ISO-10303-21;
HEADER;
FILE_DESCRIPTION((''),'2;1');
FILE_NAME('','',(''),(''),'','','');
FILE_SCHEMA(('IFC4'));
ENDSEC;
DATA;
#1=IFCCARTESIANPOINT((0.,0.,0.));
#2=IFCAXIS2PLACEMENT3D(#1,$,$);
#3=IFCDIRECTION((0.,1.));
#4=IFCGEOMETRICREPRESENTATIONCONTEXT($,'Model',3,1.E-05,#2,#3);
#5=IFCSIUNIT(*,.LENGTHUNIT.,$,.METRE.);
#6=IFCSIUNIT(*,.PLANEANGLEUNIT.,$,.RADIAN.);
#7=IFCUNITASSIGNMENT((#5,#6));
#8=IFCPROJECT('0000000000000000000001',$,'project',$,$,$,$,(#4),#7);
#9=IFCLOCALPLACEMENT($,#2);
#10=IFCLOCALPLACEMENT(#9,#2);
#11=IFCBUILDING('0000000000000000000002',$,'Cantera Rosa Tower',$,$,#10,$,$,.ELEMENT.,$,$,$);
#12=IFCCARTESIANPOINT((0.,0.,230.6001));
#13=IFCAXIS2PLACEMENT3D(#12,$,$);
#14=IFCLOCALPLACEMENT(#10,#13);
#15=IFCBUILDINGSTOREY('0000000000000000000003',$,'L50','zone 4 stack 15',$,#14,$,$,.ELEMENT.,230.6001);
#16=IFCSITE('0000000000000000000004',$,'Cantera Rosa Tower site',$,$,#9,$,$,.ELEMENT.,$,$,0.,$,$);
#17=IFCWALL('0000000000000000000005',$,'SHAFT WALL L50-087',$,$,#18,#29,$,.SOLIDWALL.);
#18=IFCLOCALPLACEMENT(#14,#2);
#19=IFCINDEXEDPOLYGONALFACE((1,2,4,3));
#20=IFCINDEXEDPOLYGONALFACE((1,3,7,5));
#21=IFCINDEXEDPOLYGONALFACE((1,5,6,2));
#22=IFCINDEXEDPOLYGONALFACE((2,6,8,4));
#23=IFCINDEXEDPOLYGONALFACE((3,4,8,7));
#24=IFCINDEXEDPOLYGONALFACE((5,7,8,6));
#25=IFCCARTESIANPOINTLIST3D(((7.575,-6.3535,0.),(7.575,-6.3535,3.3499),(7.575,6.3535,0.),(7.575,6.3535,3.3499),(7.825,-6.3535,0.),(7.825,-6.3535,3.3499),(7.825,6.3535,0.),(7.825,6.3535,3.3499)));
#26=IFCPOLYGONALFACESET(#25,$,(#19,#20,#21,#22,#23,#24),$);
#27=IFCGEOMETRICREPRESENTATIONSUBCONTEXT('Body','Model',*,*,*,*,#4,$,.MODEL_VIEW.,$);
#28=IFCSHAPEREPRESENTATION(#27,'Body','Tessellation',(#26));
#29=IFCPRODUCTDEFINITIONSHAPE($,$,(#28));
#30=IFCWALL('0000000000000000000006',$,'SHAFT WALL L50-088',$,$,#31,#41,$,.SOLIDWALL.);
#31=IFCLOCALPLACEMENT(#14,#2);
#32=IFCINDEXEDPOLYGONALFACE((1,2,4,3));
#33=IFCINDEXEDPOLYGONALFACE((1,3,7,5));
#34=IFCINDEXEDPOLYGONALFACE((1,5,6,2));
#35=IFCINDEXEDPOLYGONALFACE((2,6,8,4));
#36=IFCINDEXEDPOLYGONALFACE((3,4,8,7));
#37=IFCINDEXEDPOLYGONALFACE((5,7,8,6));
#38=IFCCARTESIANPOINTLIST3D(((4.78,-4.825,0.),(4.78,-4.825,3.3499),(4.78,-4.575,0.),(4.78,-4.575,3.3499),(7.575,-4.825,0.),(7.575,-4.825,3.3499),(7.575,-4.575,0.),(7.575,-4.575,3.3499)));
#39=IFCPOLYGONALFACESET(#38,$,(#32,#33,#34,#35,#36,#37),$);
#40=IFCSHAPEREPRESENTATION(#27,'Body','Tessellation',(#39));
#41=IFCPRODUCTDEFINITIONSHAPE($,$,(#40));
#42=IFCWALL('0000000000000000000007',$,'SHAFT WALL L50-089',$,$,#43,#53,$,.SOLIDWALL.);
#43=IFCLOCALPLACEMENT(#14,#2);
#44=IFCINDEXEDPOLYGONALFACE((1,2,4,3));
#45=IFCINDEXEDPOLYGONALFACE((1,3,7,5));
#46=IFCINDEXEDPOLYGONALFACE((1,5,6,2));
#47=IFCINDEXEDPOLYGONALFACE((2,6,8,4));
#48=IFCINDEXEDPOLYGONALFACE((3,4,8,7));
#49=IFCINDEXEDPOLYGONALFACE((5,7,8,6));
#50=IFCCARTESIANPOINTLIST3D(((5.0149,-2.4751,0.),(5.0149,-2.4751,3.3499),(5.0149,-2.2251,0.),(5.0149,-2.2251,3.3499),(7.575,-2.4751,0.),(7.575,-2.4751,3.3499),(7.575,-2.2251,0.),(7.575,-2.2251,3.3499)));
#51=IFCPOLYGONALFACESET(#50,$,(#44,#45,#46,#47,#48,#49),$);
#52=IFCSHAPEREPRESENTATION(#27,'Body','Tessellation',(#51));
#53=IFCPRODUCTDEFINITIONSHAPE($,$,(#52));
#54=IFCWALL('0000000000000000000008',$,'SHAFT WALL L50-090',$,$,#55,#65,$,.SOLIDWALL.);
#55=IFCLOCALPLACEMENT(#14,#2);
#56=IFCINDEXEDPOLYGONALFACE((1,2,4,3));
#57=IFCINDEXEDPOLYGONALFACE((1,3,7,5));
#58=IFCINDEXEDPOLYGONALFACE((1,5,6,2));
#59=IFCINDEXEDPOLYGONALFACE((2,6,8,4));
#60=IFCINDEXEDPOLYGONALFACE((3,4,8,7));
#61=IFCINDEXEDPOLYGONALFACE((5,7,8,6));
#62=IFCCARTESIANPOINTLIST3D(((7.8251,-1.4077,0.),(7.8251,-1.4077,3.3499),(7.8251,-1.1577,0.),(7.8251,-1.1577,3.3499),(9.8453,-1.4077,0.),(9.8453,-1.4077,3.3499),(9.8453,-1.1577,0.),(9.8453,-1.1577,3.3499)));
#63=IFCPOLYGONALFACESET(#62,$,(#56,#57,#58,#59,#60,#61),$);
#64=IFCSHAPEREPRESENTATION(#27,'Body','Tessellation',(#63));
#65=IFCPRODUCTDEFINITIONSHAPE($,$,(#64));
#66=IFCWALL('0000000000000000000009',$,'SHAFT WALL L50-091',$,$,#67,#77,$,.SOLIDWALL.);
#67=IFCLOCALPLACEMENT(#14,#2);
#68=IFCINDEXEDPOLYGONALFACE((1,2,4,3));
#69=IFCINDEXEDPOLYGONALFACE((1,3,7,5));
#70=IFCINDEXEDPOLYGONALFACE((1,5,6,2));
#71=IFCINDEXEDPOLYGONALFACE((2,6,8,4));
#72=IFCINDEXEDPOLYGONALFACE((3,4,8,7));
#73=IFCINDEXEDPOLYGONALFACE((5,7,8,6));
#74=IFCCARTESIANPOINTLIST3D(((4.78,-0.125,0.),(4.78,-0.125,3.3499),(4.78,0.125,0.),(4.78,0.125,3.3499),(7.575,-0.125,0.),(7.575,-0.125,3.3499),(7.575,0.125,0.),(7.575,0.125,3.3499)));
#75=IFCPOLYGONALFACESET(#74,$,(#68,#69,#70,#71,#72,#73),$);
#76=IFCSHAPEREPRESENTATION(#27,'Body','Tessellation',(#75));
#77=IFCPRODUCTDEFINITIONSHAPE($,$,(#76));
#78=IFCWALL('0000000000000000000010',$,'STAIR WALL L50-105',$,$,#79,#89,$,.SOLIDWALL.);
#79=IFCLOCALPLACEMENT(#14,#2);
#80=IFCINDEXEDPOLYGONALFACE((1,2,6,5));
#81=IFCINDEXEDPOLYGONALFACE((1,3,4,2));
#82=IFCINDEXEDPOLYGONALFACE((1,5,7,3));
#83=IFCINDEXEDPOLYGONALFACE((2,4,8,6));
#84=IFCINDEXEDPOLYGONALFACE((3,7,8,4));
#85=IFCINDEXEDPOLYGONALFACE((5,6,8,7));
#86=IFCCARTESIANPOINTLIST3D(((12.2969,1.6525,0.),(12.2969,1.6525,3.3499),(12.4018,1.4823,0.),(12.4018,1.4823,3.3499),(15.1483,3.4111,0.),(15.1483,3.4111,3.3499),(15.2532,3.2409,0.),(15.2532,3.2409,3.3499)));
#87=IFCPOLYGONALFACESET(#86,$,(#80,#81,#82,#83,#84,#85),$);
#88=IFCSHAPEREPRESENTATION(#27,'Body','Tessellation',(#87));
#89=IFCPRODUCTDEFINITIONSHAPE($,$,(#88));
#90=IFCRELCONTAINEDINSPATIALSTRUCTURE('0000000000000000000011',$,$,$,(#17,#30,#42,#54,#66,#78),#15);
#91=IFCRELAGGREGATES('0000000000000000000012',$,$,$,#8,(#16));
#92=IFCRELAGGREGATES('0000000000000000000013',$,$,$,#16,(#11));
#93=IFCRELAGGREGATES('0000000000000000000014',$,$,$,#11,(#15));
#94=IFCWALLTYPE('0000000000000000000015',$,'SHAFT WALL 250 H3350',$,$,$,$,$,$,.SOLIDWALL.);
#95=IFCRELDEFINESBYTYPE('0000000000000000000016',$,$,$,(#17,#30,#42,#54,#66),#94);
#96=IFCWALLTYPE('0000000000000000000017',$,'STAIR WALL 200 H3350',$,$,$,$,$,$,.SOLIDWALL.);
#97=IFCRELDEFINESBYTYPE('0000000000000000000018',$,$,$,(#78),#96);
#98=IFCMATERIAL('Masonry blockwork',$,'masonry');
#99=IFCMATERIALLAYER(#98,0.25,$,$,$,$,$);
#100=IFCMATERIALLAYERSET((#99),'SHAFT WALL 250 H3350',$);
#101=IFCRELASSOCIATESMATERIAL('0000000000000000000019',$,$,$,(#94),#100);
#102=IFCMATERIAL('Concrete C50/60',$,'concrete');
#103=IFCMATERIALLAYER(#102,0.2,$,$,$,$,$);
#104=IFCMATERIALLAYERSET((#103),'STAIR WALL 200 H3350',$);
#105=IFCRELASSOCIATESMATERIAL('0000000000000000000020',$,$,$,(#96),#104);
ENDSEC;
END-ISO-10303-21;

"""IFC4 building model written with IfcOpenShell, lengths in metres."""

from ifc_helpers import new_model, si_unit, direction, frame, frame_2d, origin, place, context, subcontext, project, spatial, rectangle, extrude, material, layer, layer_set, type_object, element, save


model = new_model("IFC4")

# Units and contexts
model_context = context("Model", 3, precision=1e-05, world=origin(), true_north=direction((0.0, 1.0)))
body_context = subcontext(model_context, "Body", "Model", "MODEL_VIEW")
ifc_project = project(units=[si_unit("LENGTHUNIT", "METRE"), si_unit("PLANEANGLEUNIT", "RADIAN")], contexts=[model_context])

# Site, building, storey
site_placement = place(None, origin())
site = spatial("IfcSite", under=ifc_project, at=site_placement, Name="Cantera Rosa Tower site", CompositionType="ELEMENT", RefElevation=0.0)
building_placement = place(site_placement, origin())
building = spatial("IfcBuilding", under=site, at=building_placement, Name="Cantera Rosa Tower", CompositionType="ELEMENT")
storey_placement = place(building_placement, frame((0.0, 0.0, 230.6001)))
storey = spatial("IfcBuildingStorey", under=building, at=storey_placement, Name="L50", Description="zone 4 stack 15", CompositionType="ELEMENT", Elevation=230.6001)

# Walls
ifc_material_1 = material(Name="Masonry blockwork", Category="masonry")
ifc_layer_1 = layer(ifc_material_1, 0.25)
ifc_layer_set_1 = layer_set([ifc_layer_1], Name="SHAFT WALL 250 H3350")
wall_type_1 = type_object("IfcWallType", Name="SHAFT WALL 250 H3350", PredefinedType="SOLIDWALL", material=ifc_layer_set_1)
wall_1_placement = place(storey_placement, frame((7.7, -6.3535, 0.0), z_axis=(0.0, 0.0, 1.0), x_axis=(0.0, 1.0, 0.0)))
element("IfcWall", 1, at=wall_1_placement, inside=storey, type_object=wall_type_1, Name="SHAFT WALL L50-087", PredefinedType="SOLIDWALL", context=body_context, shape_type="SweptSolid", body=[
    extrude(rectangle(XDim=12.707, YDim=0.25, at=frame_2d((6.3535, 0.0))), origin(), (0.0, 0.0, 1.0), 3.3499),
])
wall_2_placement = place(storey_placement, frame((7.575, -4.7, 0.0), z_axis=(0.0, 0.0, 1.0), x_axis=(-1.0, 0.0, 0.0)))
element("IfcWall", 2, at=wall_2_placement, inside=storey, type_object=wall_type_1, Name="SHAFT WALL L50-088", PredefinedType="SOLIDWALL", context=body_context, shape_type="SweptSolid", body=[
    extrude(rectangle(XDim=2.7949, YDim=0.25, at=frame_2d((1.3975, 0.0))), origin(), (0.0, 0.0, 1.0), 3.3499),
])
wall_3_placement = place(storey_placement, frame((7.575, -2.3501, 0.0), z_axis=(0.0, 0.0, 1.0), x_axis=(-1.0, 0.0, 0.0)))
element("IfcWall", 3, at=wall_3_placement, inside=storey, type_object=wall_type_1, Name="SHAFT WALL L50-089", PredefinedType="SOLIDWALL", context=body_context, shape_type="SweptSolid", body=[
    extrude(rectangle(XDim=2.5601, YDim=0.25, at=frame_2d((1.28, 0.0))), origin(), (0.0, 0.0, 1.0), 3.3499),
])
wall_4_placement = place(storey_placement, frame((7.825, -1.2827, 0.0), z_axis=(0.0, 0.0, 1.0), x_axis=(1.0, 0.0, 0.0)))
element("IfcWall", 4, at=wall_4_placement, inside=storey, type_object=wall_type_1, Name="SHAFT WALL L50-090", PredefinedType="SOLIDWALL", context=body_context, shape_type="SweptSolid", body=[
    extrude(rectangle(XDim=2.0203, YDim=0.25, at=frame_2d((1.0103, 0.0))), origin(), (0.0, 0.0, 1.0), 3.3499),
])
wall_5_placement = place(storey_placement, frame((7.575, 0.0, 0.0), z_axis=(0.0, 0.0, 1.0), x_axis=(-1.0, 0.0, 0.0)))
element("IfcWall", 5, at=wall_5_placement, inside=storey, type_object=wall_type_1, Name="SHAFT WALL L50-091", PredefinedType="SOLIDWALL", context=body_context, shape_type="SweptSolid", body=[
    extrude(rectangle(XDim=2.7949, YDim=0.25, at=frame_2d((1.3975, 0.0))), origin(), (0.0, 0.0, 1.0), 3.3499),
])
ifc_material_2 = material(Name="Concrete C50/60", Category="concrete")
ifc_layer_2 = layer(ifc_material_2, 0.2)
ifc_layer_set_2 = layer_set([ifc_layer_2], Name="STAIR WALL 200 H3350")
wall_type_2 = type_object("IfcWallType", Name="STAIR WALL 200 H3350", PredefinedType="SOLIDWALL", material=ifc_layer_set_2)
wall_6_placement = place(storey_placement, frame((12.3494, 1.5674, 0.0), z_axis=(0.0, 0.0, 1.0), x_axis=(0.85114, 0.524939, 0.0)))
element("IfcWall", 6, at=wall_6_placement, inside=storey, type_object=wall_type_2, Name="STAIR WALL L50-105", PredefinedType="SOLIDWALL", context=body_context, shape_type="SweptSolid", body=[
    extrude(rectangle(XDim=3.3501, YDim=0.2, at=frame_2d((1.675, 0.0))), origin(), (0.0, 0.0, 1.0), 3.3499),
])

save(model, "model.ifc")
